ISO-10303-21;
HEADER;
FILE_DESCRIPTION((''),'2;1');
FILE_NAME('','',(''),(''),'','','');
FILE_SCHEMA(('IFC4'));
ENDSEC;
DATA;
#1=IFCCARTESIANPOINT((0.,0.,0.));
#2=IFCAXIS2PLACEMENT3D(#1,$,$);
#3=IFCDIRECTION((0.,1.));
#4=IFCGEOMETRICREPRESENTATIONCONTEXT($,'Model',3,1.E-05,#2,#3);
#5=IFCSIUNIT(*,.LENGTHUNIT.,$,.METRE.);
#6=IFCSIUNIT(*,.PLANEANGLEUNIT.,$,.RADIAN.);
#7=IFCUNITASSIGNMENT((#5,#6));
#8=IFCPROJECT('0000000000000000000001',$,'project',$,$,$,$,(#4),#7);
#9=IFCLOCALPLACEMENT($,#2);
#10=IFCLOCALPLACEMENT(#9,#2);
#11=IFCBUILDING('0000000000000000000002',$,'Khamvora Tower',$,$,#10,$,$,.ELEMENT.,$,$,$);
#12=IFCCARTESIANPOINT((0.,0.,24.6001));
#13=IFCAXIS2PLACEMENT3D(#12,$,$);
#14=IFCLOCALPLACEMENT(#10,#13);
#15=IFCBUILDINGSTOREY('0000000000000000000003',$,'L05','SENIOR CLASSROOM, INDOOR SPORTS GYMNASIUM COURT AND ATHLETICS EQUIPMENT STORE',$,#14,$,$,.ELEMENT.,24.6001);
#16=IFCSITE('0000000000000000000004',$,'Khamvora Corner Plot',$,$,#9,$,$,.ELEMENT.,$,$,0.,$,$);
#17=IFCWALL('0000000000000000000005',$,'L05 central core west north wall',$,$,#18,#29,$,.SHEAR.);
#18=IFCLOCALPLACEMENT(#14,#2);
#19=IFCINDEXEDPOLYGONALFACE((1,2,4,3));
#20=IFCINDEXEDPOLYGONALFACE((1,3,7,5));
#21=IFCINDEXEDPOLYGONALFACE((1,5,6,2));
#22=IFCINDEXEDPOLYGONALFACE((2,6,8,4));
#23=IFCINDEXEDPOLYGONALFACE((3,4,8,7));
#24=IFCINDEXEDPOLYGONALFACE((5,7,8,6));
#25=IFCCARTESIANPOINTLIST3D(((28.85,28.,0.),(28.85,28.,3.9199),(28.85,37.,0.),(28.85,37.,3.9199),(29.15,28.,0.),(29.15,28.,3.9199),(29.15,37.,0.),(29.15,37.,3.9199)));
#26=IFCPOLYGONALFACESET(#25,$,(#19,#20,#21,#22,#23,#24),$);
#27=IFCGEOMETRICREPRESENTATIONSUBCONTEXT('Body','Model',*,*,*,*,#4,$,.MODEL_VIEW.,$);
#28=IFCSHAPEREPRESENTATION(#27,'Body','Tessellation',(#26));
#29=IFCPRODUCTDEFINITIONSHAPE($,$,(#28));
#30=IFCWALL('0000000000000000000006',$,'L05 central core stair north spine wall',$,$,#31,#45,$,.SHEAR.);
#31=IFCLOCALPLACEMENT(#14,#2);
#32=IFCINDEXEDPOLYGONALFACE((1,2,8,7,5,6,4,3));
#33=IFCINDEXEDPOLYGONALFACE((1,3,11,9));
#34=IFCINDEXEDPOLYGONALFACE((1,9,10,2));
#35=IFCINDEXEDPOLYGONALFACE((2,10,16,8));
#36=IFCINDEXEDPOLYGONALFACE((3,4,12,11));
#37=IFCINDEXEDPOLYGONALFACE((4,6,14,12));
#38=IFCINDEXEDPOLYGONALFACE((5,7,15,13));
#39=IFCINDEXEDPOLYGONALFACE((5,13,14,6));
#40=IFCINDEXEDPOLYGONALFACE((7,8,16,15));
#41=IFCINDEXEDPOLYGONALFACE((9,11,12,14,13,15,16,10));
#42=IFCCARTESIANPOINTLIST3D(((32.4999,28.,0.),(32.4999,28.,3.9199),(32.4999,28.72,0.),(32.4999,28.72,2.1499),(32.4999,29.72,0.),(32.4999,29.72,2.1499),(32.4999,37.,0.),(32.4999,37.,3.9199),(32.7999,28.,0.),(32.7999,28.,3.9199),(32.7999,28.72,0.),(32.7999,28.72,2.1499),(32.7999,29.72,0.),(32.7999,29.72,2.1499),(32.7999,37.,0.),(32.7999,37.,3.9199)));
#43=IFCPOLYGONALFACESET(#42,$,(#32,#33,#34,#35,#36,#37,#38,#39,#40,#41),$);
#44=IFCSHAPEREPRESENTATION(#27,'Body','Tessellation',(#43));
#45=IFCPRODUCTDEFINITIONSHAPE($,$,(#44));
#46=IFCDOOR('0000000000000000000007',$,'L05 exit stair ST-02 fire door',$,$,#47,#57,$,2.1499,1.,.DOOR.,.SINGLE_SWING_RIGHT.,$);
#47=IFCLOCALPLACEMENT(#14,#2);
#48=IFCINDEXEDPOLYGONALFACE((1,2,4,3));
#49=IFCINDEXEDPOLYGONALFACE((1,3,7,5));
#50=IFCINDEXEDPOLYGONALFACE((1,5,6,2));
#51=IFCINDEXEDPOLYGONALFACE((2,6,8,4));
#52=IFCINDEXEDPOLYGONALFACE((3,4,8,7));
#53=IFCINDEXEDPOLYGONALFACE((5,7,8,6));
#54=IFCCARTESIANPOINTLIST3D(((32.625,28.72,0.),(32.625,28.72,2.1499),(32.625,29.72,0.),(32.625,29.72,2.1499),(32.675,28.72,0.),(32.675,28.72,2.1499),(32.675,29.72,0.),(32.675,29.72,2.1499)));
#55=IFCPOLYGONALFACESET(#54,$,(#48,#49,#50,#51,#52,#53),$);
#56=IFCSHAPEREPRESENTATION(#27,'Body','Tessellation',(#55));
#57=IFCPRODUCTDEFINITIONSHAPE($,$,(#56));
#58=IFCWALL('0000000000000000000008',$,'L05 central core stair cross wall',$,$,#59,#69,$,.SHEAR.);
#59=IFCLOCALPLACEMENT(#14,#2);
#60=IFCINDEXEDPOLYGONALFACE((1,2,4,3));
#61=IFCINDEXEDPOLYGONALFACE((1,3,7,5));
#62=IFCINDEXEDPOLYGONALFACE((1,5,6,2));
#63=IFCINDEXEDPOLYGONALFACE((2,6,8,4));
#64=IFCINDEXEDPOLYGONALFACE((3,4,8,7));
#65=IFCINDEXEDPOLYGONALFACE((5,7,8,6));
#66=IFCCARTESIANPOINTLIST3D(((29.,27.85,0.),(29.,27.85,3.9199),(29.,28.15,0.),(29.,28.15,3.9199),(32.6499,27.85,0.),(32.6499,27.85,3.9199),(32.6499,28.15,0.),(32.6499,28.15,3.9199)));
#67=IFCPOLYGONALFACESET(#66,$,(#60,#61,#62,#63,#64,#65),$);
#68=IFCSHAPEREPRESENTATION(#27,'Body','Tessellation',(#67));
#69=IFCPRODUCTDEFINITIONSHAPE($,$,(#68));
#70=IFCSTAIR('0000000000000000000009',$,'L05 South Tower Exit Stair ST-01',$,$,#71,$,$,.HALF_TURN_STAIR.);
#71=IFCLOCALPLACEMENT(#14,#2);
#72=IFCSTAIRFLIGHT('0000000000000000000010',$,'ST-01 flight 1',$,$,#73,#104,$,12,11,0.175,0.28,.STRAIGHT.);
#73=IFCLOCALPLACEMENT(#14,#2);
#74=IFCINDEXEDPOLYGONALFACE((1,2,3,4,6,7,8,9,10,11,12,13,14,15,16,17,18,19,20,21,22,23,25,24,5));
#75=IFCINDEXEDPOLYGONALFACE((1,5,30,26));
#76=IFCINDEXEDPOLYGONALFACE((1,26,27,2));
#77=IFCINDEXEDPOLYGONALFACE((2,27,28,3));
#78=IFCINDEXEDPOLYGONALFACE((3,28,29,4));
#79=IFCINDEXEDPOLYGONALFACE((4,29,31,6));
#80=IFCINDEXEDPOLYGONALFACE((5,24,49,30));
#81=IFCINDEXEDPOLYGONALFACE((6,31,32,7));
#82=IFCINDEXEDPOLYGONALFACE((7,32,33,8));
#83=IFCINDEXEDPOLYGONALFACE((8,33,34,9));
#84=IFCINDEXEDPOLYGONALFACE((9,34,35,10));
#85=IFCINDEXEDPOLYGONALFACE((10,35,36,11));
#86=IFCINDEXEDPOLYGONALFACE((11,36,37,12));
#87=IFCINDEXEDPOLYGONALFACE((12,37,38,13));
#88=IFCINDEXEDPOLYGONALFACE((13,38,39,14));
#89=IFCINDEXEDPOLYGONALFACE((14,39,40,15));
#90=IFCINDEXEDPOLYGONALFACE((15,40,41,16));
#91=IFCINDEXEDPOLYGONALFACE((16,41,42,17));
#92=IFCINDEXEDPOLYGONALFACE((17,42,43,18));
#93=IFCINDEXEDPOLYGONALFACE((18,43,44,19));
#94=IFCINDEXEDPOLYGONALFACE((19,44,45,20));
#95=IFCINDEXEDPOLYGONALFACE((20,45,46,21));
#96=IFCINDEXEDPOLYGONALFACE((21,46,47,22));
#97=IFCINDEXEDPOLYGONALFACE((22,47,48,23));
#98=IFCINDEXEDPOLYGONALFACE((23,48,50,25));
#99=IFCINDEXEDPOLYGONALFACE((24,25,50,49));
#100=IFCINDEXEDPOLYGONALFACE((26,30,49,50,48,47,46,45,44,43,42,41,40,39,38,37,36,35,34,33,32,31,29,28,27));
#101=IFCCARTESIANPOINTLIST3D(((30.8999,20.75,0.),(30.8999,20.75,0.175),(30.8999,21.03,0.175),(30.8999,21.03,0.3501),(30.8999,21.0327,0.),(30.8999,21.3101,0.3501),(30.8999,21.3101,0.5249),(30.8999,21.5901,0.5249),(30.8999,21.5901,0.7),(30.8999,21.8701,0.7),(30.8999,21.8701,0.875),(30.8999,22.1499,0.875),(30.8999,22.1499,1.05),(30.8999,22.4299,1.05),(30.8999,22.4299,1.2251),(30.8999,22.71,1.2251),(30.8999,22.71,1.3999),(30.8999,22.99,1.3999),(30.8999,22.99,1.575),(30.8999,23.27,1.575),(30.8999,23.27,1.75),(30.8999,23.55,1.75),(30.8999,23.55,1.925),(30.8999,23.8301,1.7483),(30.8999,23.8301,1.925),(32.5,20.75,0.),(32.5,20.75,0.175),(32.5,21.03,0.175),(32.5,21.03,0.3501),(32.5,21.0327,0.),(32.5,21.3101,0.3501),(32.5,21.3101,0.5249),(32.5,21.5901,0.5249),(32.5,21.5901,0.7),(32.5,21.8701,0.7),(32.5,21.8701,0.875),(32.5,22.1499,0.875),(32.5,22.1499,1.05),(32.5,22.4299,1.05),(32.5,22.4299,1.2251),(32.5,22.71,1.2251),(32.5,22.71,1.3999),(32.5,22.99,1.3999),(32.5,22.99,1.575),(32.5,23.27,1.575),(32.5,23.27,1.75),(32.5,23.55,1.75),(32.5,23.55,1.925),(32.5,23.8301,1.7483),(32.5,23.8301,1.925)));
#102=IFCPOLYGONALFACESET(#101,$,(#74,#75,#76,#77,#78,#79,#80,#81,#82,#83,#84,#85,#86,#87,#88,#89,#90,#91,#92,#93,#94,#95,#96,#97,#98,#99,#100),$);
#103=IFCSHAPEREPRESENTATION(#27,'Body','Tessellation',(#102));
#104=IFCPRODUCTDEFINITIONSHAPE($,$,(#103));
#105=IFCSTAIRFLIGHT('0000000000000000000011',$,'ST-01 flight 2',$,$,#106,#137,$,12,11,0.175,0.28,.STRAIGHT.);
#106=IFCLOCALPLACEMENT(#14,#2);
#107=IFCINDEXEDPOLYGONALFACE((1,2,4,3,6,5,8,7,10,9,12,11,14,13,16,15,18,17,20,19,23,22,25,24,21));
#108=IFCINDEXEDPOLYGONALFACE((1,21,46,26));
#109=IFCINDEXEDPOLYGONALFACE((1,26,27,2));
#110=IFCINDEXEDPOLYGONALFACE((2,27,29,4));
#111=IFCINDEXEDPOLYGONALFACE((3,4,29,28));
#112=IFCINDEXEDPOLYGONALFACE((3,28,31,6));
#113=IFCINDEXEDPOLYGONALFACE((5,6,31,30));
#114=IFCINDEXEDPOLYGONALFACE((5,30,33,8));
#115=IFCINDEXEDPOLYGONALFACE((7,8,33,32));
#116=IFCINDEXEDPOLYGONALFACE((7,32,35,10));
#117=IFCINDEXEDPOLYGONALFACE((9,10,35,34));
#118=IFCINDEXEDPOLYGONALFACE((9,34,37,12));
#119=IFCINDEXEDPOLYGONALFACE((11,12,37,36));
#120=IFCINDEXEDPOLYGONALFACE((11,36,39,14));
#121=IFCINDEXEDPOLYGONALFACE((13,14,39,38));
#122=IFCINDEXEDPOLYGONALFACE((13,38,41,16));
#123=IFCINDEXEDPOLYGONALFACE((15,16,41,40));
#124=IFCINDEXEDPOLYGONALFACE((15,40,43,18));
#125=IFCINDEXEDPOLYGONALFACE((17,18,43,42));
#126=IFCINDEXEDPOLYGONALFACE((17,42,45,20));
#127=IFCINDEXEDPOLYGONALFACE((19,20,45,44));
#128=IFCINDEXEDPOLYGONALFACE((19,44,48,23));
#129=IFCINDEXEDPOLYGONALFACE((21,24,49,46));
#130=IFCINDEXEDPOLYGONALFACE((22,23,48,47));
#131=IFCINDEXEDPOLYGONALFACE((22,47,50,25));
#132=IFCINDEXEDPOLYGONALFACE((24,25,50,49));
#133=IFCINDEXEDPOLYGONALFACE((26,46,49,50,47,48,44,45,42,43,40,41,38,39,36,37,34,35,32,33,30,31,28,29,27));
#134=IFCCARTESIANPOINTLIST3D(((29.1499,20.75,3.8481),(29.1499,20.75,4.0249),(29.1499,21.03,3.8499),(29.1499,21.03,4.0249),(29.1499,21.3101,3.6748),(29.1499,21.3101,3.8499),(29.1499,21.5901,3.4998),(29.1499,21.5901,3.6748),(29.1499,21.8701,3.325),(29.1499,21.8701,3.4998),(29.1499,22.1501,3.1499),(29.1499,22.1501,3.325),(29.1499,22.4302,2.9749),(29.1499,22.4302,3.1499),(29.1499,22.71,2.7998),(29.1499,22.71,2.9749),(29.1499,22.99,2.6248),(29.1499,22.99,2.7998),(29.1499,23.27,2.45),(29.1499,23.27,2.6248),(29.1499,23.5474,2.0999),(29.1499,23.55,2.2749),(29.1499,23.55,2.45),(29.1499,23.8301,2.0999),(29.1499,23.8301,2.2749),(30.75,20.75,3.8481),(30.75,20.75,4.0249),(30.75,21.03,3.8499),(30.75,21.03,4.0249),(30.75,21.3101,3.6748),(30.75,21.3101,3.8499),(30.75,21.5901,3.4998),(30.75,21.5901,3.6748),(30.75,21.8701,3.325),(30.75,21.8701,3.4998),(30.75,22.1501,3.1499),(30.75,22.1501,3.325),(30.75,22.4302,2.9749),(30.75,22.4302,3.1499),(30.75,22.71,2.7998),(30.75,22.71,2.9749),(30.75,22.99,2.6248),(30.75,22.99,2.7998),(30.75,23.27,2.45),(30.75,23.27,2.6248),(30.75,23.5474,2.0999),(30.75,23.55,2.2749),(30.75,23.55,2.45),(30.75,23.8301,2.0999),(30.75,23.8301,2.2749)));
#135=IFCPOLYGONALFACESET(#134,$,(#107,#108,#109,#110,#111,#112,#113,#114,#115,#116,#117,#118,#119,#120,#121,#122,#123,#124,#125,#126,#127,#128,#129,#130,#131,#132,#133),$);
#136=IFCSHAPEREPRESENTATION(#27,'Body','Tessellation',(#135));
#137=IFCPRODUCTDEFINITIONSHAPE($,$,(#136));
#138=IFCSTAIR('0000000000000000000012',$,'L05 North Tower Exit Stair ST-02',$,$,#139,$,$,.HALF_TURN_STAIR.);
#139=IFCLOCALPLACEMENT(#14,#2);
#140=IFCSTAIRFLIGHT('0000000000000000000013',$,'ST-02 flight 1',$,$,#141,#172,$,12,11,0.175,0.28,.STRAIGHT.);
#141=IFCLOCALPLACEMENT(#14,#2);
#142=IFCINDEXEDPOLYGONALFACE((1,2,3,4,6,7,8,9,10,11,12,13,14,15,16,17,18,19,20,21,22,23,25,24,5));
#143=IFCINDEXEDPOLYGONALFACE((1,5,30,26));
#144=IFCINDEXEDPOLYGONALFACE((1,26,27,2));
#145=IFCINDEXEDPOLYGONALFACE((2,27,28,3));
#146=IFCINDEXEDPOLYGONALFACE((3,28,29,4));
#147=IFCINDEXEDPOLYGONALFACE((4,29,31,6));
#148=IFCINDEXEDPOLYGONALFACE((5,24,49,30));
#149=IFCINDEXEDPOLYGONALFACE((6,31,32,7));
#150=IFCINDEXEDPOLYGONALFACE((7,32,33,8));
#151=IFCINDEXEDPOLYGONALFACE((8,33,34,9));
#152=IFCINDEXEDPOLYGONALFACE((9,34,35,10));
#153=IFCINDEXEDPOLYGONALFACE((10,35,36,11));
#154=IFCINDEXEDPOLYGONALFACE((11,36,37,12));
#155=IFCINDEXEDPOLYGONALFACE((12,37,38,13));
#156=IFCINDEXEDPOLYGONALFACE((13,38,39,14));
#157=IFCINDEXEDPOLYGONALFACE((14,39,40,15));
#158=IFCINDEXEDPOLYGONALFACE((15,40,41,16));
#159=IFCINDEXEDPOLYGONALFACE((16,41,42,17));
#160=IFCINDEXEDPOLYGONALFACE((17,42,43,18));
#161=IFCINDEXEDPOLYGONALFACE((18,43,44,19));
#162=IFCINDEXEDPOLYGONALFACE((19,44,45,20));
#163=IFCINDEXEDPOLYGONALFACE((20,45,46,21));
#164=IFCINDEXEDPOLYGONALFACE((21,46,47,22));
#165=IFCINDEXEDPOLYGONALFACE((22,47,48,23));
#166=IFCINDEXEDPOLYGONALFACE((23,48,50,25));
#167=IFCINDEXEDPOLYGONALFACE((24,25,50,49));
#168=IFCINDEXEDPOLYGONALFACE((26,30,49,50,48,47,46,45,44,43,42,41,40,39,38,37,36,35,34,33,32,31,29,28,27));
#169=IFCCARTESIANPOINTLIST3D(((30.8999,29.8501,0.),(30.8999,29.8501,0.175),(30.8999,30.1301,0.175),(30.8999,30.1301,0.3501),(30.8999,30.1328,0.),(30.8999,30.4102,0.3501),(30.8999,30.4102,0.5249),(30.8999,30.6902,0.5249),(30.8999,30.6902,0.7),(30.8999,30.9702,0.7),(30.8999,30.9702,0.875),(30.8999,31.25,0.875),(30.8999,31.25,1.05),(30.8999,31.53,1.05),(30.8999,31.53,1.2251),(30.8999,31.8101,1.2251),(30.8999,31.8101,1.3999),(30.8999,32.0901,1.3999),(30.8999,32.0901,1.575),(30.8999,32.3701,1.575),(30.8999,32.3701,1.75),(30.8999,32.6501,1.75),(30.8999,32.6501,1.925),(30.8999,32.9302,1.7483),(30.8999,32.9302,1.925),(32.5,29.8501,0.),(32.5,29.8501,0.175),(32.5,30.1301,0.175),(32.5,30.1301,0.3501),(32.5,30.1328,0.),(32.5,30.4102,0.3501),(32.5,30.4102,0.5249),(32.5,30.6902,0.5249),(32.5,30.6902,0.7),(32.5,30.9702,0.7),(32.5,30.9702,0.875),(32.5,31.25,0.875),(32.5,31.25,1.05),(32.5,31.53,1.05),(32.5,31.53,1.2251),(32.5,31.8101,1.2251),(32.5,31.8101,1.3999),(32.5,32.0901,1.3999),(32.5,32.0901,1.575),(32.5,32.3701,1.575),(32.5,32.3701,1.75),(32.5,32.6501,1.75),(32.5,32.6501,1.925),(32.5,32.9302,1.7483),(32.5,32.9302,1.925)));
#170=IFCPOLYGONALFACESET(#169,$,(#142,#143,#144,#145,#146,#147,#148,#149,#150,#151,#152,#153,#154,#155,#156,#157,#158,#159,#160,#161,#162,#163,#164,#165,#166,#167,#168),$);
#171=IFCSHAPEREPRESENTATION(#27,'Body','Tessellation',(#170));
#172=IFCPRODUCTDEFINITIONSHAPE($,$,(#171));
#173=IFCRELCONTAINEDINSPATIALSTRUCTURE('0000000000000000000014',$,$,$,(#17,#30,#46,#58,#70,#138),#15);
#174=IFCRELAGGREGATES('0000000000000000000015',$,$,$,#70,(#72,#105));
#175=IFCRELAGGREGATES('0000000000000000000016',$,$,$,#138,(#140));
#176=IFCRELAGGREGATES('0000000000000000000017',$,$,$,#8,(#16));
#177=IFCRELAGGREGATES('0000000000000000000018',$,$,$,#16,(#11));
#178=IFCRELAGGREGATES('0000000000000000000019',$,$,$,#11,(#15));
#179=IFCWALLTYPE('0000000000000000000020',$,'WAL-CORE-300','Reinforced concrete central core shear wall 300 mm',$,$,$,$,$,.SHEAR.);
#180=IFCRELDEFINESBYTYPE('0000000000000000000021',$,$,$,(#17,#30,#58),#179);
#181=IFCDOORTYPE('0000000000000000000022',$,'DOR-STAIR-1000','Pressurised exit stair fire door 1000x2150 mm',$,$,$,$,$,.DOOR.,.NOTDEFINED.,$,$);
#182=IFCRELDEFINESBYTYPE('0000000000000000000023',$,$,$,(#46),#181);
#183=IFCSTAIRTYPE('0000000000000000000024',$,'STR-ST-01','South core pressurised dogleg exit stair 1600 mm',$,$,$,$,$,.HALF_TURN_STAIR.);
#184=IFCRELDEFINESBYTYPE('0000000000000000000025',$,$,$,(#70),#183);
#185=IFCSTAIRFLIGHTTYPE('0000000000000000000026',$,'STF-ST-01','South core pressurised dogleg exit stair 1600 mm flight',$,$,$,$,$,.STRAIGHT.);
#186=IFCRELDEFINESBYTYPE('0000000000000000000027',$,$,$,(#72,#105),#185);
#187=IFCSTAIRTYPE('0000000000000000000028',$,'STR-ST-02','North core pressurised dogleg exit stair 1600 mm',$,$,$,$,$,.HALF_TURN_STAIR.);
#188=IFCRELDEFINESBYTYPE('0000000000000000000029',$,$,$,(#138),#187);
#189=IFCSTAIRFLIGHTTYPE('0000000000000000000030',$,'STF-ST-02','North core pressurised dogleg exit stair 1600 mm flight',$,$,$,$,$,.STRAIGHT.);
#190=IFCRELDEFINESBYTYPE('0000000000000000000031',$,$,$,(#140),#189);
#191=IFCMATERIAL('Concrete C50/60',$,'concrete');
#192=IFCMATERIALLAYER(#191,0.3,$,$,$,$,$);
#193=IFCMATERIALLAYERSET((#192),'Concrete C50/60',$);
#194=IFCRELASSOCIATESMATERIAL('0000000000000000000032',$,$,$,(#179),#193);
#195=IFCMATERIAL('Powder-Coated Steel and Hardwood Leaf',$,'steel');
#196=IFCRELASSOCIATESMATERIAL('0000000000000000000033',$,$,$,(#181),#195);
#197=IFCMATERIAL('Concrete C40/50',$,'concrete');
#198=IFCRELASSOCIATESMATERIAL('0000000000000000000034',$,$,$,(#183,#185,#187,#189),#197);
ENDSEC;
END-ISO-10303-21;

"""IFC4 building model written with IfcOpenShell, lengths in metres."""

from ifc_helpers import new_model, si_unit, direction, frame, frame_2d, origin, place, context, subcontext, project, spatial, polyline, rectangle, outline, extrude, material, layer, layer_set, type_object, element, fill, aggregate, save


model = new_model("IFC4")

# Units and contexts
model_context = context("Model", 3, precision=1e-05, world=origin(), true_north=direction((0.0, 1.0)))
body_context = subcontext(model_context, "Body", "Model", "MODEL_VIEW")
ifc_project = project(units=[si_unit("LENGTHUNIT", "METRE"), si_unit("PLANEANGLEUNIT", "RADIAN")], contexts=[model_context])

# Site, building, storey
site_placement = place(None, origin())
site = spatial("IfcSite", under=ifc_project, at=site_placement, Name="Khamvora Corner Plot", CompositionType="ELEMENT", RefElevation=0.0)
building_placement = place(site_placement, origin())
building = spatial("IfcBuilding", under=site, at=building_placement, Name="Khamvora Tower", CompositionType="ELEMENT")
storey_placement = place(building_placement, frame((0.0, 0.0, 24.6001)))
storey = spatial("IfcBuildingStorey", under=building, at=storey_placement, Name="L05", Description="SENIOR CLASSROOM, INDOOR SPORTS GYMNASIUM COURT AND ATHLETICS EQUIPMENT STORE", CompositionType="ELEMENT", Elevation=24.6001)

# Wall
ifc_material_1 = material(Name="Concrete C50/60", Category="concrete")
ifc_layer_1 = layer(ifc_material_1, 0.3)
ifc_layer_set_1 = layer_set([ifc_layer_1], Name="Concrete C50/60")
wall_type = type_object("IfcWallType", Name="WAL-CORE-300", Description="Reinforced concrete central core shear wall 300 mm", PredefinedType="SHEAR", material=ifc_layer_set_1)
wall_1_placement = place(storey_placement, frame((29.0, 28.0, 0.0), z_axis=(0.0, 0.0, 1.0), x_axis=(0.0, 1.0, 0.0)))
element("IfcWall", 1, at=wall_1_placement, inside=storey, type_object=wall_type, Name="L05 central core west north wall", PredefinedType="SHEAR", context=body_context, shape_type="SweptSolid", body=[
    extrude(rectangle(XDim=9.0, YDim=0.3, at=frame_2d((4.5, 0.0))), origin(), (0.0, 0.0, 1.0), 3.9199),
])

# Wall, opening, door
wall_2_placement = place(storey_placement, frame((32.6499, 28.0, 0.0), z_axis=(0.0, 0.0, 1.0), x_axis=(0.0, 1.0, 0.0)))
wall_2 = element("IfcWall", 2, at=wall_2_placement, inside=storey, type_object=wall_type, Name="L05 central core stair north spine wall", PredefinedType="SHEAR", context=body_context, shape_type="SweptSolid", body=[
    extrude(rectangle(XDim=9.0, YDim=0.3, at=frame_2d((4.5, 0.0))), origin(), (0.0, 0.0, 1.0), 3.9199),
])
opening_1_placement = place(wall_2_placement, frame((0.72, 0.0, 0.0)))
opening_1 = element("IfcOpeningElement", 3, at=opening_1_placement, cuts=wall_2, PredefinedType="OPENING", context=body_context, shape_type="SweptSolid", body=[
    extrude(rectangle(XDim=1.0, YDim=2.1499, at=frame_2d((0.5, 1.075))), frame((0.0, 0.1599, 0.0), z_axis=(0.0, -1.0, 0.0), x_axis=(1.0, 0.0, 0.0)), (0.0, 0.0, 1.0), 0.3201),
])
ifc_material_2 = material(Name="Powder-Coated Steel and Hardwood Leaf", Category="steel")
door_type_1 = type_object("IfcDoorType", Name="DOR-STAIR-1000", Description="Pressurised exit stair fire door 1000x2150 mm", OperationType="NOTDEFINED", PredefinedType="DOOR", material=ifc_material_2)
door_1_placement = place(opening_1_placement, origin())
door_1 = element("IfcDoor", 4, at=door_1_placement, inside=storey, type_object=door_type_1, Name="L05 exit stair ST-02 fire door", OperationType="SINGLE_SWING_RIGHT", OverallHeight=2.1499, OverallWidth=1.0, PredefinedType="DOOR", context=body_context, shape_type="SweptSolid", body=[
    extrude(rectangle(XDim=1.0, YDim=2.1499, at=frame_2d((0.5, 1.075))), frame((0.0, 0.0249, 0.0), z_axis=(0.0, -1.0, 0.0), x_axis=(1.0, 0.0, 0.0)), (0.0, 0.0, 1.0), 0.05),
])
fill(opening_1, door_1)

# Wall
wall_3_placement = place(storey_placement, frame((29.0, 28.0, 0.0), z_axis=(0.0, 0.0, 1.0), x_axis=(1.0, 0.0, 0.0)))
element("IfcWall", 5, at=wall_3_placement, inside=storey, type_object=wall_type, Name="L05 central core stair cross wall", PredefinedType="SHEAR", context=body_context, shape_type="SweptSolid", body=[
    extrude(rectangle(XDim=3.6499, YDim=0.3, at=frame_2d((1.825, 0.0))), origin(), (0.0, 0.0, 1.0), 3.9199),
])

# Stair, stair flights
ifc_material_3 = material(Name="Concrete C40/50", Category="concrete")
stair_type_1 = type_object("IfcStairType", Name="STR-ST-01", Description="South core pressurised dogleg exit stair 1600 mm", PredefinedType="HALF_TURN_STAIR", material=ifc_material_3)
stair_1_placement = place(storey_placement, origin())
stair_1 = element("IfcStair", 6, at=stair_1_placement, inside=storey, type_object=stair_type_1, Name="L05 South Tower Exit Stair ST-01", PredefinedType="HALF_TURN_STAIR")
stair_flight_type_1 = type_object("IfcStairFlightType", Name="STF-ST-01", Description="South core pressurised dogleg exit stair 1600 mm flight", PredefinedType="STRAIGHT", material=ifc_material_3)
stair_flight_1_placement = place(storey_placement, frame((31.7, 20.75, 0.0), z_axis=(0.0, 0.0, 1.0), x_axis=(0.0, 1.0, 0.0)))
stair_flight_1 = element("IfcStairFlight", 7, at=stair_flight_1_placement, type_object=stair_flight_type_1, Name="ST-01 flight 1", NumberOfRisers=12, NumberOfTreads=11, PredefinedType="STRAIGHT", RiserHeight=0.175, TreadLength=0.28, context=body_context, shape_type="SweptSolid", body=[
    extrude(outline(polyline([(0.0, 0.0), (0.0, 0.175), (0.28, 0.175), (0.28, 0.3501), (0.5601, 0.3501), (0.5601, 0.5249), (0.8401, 0.5249), (0.8401, 0.7), (1.1201, 0.7), (1.1201, 0.875), (1.3999, 0.875), (1.3999, 1.05), (1.6799, 1.05), (1.6799, 1.2251), (1.96, 1.2251), (1.96, 1.3999), (2.24, 1.3999), (2.24, 1.575), (2.52, 1.575), (2.52, 1.75), (2.8, 1.75), (2.8, 1.925), (3.0801, 1.925), (3.0801, 2.1001), (3.0801, 1.7483), (0.2827, 0.0), (0.0, 0.0)])), frame((0.0, 0.8, 0.0), z_axis=(0.0, -1.0, 0.0), x_axis=(1.0, 0.0, 0.0)), (0.0, 0.0, 1.0), 1.6001),
])
stair_flight_2_placement = place(storey_placement, frame((29.95, 23.8301, 2.0999), z_axis=(0.0, 0.0, 1.0), x_axis=(0.0, -1.0, 0.0)))
stair_flight_2 = element("IfcStairFlight", 8, at=stair_flight_2_placement, type_object=stair_flight_type_1, Name="ST-01 flight 2", NumberOfRisers=12, NumberOfTreads=11, PredefinedType="STRAIGHT", RiserHeight=0.175, TreadLength=0.28, context=body_context, shape_type="SweptSolid", body=[
    extrude(outline(polyline([(0.0, 0.0), (0.0, 0.175), (0.28, 0.175), (0.28, 0.3501), (0.5601, 0.3501), (0.5601, 0.5249), (0.8401, 0.5249), (0.8401, 0.7), (1.1201, 0.7), (1.1201, 0.875), (1.3999, 0.875), (1.3999, 1.05), (1.6799, 1.05), (1.6799, 1.2251), (1.96, 1.2251), (1.96, 1.3999), (2.24, 1.3999), (2.24, 1.575), (2.52, 1.575), (2.52, 1.75), (2.8, 1.75), (2.8, 1.925), (3.0801, 1.925), (3.0801, 2.1001), (3.0801, 1.7483), (0.2827, 0.0), (0.0, 0.0)])), frame((0.0, 0.8, 0.0), z_axis=(0.0, -1.0, 0.0), x_axis=(1.0, 0.0, 0.0)), (0.0, 0.0, 1.0), 1.6001),
])
aggregate(stair_1, [stair_flight_1, stair_flight_2])

# Stair, stair flight
stair_type_2 = type_object("IfcStairType", Name="STR-ST-02", Description="North core pressurised dogleg exit stair 1600 mm", PredefinedType="HALF_TURN_STAIR", material=ifc_material_3)
stair_2_placement = place(storey_placement, origin())
stair_2 = element("IfcStair", 9, at=stair_2_placement, inside=storey, type_object=stair_type_2, Name="L05 North Tower Exit Stair ST-02", PredefinedType="HALF_TURN_STAIR")
stair_flight_type_2 = type_object("IfcStairFlightType", Name="STF-ST-02", Description="North core pressurised dogleg exit stair 1600 mm flight", PredefinedType="STRAIGHT", material=ifc_material_3)
stair_flight_3_placement = place(storey_placement, frame((31.7, 29.8501, 0.0), z_axis=(0.0, 0.0, 1.0), x_axis=(0.0, 1.0, 0.0)))
stair_flight_3 = element("IfcStairFlight", 10, at=stair_flight_3_placement, type_object=stair_flight_type_2, Name="ST-02 flight 1", NumberOfRisers=12, NumberOfTreads=11, PredefinedType="STRAIGHT", RiserHeight=0.175, TreadLength=0.28, context=body_context, shape_type="SweptSolid", body=[
    extrude(outline(polyline([(0.0, 0.0), (0.0, 0.175), (0.28, 0.175), (0.28, 0.3501), (0.5601, 0.3501), (0.5601, 0.5249), (0.8401, 0.5249), (0.8401, 0.7), (1.1201, 0.7), (1.1201, 0.875), (1.3999, 0.875), (1.3999, 1.05), (1.6799, 1.05), (1.6799, 1.2251), (1.96, 1.2251), (1.96, 1.3999), (2.24, 1.3999), (2.24, 1.575), (2.52, 1.575), (2.52, 1.75), (2.8, 1.75), (2.8, 1.925), (3.0801, 1.925), (3.0801, 2.1001), (3.0801, 1.7483), (0.2827, 0.0), (0.0, 0.0)])), frame((0.0, 0.8, 0.0), z_axis=(0.0, -1.0, 0.0), x_axis=(1.0, 0.0, 0.0)), (0.0, 0.0, 1.0), 1.6001),
])
aggregate(stair_2, [stair_flight_3])

save(model, "model.ifc")
